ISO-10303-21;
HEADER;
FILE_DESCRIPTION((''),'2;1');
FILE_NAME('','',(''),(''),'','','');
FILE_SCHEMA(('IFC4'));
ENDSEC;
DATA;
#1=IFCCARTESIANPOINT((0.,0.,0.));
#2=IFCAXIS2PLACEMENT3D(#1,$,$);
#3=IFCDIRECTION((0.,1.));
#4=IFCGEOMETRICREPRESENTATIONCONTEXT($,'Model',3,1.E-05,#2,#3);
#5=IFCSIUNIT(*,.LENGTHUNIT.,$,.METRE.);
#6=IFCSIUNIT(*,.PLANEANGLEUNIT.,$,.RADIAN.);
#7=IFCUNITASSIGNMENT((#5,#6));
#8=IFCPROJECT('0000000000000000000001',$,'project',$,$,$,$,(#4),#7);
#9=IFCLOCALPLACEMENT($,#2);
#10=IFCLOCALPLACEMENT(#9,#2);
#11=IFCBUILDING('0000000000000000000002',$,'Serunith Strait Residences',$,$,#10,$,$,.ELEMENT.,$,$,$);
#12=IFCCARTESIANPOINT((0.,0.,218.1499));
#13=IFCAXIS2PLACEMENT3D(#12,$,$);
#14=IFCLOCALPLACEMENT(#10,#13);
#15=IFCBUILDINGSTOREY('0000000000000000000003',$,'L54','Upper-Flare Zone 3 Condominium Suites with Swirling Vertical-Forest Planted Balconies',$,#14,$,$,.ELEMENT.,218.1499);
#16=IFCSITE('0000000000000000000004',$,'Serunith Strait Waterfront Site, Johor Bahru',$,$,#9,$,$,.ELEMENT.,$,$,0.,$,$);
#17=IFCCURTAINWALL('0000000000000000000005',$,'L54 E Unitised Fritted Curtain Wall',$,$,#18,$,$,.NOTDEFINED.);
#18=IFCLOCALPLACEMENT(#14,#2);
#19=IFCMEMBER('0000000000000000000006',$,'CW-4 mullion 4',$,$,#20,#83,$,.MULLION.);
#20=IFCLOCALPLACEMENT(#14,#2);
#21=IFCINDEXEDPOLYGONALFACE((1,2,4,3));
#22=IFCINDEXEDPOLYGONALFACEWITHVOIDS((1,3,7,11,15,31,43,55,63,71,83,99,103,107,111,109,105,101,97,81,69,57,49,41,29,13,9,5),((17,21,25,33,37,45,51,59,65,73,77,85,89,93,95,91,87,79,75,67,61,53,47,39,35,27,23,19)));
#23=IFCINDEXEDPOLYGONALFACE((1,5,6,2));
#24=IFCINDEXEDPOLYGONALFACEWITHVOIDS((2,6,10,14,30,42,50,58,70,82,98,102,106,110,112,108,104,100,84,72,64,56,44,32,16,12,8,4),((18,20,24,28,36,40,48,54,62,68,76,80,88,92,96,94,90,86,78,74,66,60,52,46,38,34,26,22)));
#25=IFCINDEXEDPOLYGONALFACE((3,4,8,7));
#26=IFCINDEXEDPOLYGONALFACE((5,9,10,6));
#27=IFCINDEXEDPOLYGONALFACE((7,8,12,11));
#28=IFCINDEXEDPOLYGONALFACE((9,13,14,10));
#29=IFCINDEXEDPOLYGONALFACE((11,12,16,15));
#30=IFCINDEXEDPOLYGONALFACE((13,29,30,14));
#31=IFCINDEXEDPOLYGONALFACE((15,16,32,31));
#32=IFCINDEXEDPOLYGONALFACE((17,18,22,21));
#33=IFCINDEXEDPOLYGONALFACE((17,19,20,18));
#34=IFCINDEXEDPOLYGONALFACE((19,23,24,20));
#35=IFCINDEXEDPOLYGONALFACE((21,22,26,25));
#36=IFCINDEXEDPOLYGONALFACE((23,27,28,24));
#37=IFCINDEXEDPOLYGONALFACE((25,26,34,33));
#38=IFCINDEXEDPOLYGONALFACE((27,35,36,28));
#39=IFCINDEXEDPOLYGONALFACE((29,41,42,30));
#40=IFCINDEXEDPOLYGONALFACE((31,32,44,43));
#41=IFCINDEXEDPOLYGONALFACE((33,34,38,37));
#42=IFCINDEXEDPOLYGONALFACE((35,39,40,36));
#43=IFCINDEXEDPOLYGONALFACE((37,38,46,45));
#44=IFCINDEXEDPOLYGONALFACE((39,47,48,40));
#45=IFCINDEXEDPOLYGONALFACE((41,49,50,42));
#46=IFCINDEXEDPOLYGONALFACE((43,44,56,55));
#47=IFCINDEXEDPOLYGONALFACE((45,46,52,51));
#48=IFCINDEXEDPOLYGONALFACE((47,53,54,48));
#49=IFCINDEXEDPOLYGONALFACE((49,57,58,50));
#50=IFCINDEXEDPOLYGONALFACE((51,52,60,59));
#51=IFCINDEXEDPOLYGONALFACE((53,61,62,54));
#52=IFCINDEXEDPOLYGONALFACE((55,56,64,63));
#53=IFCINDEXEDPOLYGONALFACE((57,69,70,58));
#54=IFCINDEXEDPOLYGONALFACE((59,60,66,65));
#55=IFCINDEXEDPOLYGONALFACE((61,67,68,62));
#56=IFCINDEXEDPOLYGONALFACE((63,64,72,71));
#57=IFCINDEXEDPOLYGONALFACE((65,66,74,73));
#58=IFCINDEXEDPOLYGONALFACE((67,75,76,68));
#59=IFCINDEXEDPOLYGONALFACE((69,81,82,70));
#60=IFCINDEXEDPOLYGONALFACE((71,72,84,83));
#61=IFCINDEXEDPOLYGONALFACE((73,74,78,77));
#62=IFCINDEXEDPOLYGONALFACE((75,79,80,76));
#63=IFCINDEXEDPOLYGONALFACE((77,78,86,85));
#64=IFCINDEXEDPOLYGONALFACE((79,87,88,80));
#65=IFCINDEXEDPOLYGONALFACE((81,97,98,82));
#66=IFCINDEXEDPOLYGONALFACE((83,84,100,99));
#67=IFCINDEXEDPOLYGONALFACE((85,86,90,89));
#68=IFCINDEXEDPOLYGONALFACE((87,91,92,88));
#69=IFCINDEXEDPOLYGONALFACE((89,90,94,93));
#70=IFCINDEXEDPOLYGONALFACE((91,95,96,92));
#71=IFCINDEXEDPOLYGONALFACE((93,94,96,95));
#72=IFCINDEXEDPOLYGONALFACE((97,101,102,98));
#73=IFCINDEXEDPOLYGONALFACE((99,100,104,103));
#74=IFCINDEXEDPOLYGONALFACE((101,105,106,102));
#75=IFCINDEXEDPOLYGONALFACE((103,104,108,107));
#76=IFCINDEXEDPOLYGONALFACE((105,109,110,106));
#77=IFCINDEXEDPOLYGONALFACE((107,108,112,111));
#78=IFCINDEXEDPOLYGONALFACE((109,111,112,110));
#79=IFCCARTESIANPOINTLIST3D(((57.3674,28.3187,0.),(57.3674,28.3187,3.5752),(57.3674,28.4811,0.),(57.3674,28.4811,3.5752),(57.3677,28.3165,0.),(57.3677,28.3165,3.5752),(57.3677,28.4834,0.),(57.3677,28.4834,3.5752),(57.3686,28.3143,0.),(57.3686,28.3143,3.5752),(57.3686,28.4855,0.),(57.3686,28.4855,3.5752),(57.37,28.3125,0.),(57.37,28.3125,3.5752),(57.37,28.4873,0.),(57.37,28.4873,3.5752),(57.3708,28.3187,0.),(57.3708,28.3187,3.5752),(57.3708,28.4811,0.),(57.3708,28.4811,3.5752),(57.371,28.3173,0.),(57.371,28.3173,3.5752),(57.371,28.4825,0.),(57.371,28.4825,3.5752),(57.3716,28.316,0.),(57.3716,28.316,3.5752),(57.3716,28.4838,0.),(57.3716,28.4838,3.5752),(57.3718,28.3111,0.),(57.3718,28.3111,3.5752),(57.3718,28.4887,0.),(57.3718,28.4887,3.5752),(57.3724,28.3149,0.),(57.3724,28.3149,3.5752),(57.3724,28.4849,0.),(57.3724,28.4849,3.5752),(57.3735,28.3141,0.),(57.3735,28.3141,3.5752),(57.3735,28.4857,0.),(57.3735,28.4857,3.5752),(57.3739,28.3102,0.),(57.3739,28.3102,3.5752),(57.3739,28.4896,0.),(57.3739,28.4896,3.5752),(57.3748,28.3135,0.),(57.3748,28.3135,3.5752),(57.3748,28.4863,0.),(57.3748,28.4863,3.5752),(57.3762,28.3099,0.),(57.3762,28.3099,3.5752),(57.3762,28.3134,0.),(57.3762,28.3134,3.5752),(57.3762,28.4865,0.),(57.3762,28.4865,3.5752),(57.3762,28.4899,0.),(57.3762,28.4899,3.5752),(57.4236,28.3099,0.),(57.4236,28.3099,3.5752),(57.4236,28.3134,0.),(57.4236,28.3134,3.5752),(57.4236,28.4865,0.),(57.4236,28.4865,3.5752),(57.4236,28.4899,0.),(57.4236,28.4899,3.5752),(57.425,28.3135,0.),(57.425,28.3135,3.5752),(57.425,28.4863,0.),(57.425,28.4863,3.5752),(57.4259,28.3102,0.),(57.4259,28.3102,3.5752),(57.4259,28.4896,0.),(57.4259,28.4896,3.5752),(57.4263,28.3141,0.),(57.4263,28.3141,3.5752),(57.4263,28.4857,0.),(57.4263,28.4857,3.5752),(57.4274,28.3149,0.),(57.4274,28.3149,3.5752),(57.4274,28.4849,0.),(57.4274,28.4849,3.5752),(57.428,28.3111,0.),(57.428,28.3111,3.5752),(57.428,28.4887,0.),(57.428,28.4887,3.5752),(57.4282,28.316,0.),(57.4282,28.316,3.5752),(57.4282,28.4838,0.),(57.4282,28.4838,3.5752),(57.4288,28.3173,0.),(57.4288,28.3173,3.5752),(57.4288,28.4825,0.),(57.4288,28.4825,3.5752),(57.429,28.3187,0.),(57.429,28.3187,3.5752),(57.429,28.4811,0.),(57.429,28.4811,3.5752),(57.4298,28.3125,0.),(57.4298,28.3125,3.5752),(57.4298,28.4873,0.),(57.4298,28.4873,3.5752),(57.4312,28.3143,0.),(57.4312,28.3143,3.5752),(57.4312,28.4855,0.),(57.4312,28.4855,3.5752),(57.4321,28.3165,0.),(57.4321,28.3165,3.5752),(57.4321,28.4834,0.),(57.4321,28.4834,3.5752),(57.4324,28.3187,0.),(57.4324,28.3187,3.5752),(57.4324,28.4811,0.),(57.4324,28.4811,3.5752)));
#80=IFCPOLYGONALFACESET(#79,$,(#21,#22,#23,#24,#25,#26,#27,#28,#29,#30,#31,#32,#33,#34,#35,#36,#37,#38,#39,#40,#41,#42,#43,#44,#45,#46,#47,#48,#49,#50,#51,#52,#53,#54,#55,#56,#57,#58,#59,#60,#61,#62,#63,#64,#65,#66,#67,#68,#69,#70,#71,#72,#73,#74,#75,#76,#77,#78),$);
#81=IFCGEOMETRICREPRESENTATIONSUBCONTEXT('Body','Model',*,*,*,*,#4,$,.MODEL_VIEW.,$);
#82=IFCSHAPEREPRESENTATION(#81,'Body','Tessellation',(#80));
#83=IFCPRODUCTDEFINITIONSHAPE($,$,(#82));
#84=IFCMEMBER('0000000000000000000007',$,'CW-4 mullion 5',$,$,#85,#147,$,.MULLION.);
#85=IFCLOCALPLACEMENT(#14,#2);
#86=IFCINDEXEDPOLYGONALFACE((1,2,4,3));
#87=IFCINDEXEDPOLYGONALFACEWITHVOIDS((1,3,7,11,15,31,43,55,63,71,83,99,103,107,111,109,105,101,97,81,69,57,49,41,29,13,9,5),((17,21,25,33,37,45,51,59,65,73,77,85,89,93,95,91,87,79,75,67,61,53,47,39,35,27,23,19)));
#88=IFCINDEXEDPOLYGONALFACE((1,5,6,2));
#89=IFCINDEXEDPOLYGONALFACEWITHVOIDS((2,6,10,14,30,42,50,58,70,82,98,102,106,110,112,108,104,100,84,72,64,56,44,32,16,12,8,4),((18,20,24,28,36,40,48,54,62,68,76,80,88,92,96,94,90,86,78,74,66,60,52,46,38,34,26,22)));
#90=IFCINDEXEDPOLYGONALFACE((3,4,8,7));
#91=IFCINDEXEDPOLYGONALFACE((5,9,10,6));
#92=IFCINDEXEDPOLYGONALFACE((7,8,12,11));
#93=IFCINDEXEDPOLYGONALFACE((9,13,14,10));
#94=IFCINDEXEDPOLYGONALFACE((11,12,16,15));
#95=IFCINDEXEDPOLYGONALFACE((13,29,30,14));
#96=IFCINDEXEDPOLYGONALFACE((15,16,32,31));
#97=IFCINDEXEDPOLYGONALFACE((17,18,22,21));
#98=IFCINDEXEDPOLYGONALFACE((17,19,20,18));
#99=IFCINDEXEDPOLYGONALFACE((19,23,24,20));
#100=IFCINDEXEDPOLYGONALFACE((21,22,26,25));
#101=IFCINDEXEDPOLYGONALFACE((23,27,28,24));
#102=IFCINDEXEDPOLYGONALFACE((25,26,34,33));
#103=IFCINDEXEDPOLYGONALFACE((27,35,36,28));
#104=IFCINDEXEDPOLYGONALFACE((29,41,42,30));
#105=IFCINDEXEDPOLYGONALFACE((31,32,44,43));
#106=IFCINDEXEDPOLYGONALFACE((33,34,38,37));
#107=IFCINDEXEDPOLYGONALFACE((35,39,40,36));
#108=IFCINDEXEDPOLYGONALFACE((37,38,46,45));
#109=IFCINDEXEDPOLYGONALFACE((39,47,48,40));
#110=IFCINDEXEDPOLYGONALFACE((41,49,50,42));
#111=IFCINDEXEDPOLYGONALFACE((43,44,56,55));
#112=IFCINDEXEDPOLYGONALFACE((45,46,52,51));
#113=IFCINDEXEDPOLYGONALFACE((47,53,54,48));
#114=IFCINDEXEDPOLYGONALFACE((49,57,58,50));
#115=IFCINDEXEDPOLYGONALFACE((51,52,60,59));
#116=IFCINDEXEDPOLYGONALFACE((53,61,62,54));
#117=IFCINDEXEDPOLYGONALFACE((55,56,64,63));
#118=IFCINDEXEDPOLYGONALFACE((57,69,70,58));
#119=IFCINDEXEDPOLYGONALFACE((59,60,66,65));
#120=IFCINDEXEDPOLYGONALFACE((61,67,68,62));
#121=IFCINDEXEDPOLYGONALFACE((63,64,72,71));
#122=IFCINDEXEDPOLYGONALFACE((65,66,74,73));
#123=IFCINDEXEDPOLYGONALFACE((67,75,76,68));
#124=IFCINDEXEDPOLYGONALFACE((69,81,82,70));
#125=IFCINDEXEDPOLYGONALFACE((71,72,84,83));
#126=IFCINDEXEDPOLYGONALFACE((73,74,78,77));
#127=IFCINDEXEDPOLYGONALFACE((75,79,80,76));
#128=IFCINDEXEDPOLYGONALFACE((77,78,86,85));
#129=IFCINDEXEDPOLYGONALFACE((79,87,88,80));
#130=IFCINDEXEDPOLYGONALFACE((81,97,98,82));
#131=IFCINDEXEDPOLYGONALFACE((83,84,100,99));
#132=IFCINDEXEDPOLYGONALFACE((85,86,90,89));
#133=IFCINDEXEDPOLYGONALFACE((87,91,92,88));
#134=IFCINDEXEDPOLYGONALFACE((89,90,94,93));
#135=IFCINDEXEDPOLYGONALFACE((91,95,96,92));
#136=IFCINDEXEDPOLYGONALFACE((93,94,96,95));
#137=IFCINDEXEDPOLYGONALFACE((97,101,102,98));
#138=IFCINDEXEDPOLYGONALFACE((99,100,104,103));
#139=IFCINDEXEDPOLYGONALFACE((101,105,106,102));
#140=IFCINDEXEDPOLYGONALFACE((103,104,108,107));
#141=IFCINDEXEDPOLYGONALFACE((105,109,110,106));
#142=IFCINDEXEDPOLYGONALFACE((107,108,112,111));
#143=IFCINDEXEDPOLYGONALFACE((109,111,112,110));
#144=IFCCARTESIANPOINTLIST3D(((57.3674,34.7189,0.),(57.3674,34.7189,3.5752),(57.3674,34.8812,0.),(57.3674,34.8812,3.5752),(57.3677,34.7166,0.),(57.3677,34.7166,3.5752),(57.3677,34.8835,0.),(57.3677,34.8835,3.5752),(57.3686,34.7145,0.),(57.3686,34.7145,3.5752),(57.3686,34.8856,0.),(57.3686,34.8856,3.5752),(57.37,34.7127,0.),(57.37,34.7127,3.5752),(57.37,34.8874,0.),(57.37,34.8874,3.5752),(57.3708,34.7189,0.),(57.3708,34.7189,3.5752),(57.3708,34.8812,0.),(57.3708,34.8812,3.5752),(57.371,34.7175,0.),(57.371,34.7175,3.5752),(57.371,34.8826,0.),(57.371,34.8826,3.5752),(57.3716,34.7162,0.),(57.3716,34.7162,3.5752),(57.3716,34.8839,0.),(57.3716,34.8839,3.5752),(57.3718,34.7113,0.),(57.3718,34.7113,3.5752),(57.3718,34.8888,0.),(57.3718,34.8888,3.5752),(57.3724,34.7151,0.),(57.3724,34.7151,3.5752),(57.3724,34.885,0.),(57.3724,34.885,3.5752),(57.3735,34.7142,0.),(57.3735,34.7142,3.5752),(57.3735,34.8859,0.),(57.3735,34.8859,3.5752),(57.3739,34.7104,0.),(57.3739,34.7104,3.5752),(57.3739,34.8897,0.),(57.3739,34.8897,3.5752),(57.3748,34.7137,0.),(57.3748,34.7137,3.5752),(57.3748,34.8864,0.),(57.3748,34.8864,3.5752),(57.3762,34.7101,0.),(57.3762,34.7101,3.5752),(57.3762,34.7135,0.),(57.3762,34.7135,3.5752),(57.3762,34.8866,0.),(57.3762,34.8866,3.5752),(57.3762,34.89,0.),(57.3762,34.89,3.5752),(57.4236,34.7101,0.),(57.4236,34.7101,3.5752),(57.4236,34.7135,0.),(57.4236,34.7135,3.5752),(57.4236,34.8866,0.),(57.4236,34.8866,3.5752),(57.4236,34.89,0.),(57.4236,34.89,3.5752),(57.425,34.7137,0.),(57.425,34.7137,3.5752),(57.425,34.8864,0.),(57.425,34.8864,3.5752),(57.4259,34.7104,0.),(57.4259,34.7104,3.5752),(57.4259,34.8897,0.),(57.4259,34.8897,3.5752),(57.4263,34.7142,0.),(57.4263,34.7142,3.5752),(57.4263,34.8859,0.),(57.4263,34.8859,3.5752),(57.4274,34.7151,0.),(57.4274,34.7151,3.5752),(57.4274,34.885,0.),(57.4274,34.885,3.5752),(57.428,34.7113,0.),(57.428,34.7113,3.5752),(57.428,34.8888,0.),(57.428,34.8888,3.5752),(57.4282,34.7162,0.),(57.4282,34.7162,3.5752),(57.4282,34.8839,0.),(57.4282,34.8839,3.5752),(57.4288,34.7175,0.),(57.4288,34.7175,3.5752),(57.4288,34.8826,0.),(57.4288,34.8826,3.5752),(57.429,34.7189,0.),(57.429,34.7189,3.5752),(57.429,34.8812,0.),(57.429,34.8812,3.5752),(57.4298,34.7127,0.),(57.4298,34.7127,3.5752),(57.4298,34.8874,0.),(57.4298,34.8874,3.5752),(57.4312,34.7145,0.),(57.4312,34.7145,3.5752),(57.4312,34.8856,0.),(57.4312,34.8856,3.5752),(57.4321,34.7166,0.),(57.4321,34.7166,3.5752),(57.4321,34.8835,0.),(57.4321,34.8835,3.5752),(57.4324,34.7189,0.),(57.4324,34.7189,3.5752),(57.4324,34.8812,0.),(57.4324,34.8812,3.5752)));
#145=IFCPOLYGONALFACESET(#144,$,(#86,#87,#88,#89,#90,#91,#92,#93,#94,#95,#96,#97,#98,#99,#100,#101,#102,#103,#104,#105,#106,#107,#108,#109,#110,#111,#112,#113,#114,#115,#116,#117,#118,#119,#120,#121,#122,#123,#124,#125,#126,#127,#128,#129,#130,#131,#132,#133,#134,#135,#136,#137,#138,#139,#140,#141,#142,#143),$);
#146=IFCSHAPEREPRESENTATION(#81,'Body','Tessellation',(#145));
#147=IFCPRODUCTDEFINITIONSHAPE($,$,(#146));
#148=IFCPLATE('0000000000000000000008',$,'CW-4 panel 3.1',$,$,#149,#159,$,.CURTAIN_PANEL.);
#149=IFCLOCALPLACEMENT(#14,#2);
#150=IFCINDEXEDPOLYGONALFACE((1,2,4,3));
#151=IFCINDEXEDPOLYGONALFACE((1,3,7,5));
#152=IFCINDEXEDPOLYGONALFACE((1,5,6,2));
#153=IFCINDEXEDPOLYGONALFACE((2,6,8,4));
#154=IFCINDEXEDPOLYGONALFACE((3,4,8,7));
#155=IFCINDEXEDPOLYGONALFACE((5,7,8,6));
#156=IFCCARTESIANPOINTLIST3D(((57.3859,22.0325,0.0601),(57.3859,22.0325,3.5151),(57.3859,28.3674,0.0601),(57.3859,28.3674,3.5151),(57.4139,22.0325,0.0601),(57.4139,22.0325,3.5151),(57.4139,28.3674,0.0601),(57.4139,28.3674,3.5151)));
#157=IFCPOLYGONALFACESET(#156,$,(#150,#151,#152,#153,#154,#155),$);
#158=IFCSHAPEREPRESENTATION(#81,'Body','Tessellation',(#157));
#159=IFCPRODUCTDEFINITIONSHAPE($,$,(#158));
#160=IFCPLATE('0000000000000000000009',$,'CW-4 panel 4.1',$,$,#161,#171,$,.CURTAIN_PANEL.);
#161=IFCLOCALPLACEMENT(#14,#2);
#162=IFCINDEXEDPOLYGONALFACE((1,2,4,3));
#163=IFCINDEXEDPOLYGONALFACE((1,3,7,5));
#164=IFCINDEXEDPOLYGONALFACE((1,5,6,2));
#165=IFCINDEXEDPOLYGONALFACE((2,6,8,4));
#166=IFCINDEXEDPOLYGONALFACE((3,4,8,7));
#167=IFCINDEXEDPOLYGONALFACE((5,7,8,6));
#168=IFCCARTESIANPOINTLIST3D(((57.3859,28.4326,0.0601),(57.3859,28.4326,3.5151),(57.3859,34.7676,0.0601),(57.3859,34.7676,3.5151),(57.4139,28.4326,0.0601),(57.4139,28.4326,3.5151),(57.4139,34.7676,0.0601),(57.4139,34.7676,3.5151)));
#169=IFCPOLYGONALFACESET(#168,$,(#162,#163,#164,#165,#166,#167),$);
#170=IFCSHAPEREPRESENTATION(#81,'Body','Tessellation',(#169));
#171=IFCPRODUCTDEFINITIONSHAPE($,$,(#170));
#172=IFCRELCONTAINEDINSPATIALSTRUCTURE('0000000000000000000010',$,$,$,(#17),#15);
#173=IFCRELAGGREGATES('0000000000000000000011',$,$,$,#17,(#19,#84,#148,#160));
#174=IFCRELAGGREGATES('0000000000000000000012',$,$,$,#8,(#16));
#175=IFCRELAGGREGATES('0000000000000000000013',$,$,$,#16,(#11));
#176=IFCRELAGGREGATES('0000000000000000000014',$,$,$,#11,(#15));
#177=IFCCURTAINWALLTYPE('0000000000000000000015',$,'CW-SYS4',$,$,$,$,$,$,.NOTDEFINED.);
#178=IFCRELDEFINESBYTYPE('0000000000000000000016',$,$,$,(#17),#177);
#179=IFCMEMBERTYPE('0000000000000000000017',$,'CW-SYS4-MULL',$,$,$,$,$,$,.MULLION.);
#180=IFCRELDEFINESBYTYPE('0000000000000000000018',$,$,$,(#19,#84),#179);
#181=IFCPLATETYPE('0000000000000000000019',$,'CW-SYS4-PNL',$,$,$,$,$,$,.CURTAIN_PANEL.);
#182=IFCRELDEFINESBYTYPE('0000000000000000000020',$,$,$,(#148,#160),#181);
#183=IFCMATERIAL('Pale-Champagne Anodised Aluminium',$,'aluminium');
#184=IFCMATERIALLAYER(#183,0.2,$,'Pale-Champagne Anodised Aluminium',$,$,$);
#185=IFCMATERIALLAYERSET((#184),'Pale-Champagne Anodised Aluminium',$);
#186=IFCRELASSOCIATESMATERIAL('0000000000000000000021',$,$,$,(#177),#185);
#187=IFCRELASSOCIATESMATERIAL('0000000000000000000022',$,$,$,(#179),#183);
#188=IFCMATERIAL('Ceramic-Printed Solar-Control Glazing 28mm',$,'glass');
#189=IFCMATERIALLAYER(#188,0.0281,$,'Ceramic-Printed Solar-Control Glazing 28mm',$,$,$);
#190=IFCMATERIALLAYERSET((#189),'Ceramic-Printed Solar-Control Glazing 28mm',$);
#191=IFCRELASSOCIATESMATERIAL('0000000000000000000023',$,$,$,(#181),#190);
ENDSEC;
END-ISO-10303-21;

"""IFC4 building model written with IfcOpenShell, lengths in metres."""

from ifc_helpers import new_model, si_unit, direction, frame, origin, origin_2d, place, context, subcontext, project, spatial, rectangle, hollow_rectangle, extrude, source, transform, mapped, material, layer, layer_set, material_profile, profile_set, type_object, element, aggregate, save


model = new_model("IFC4")

# Units and contexts
model_context = context("Model", 3, precision=1e-05, world=origin(), true_north=direction((0.0, 1.0)))
body_context = subcontext(model_context, "Body", "Model", "MODEL_VIEW")
ifc_project = project(units=[si_unit("LENGTHUNIT", "METRE"), si_unit("PLANEANGLEUNIT", "RADIAN")], contexts=[model_context])

# Site, building, storey
site_placement = place(None, origin())
site = spatial("IfcSite", under=ifc_project, at=site_placement, Name="Serunith Strait Waterfront Site, Johor Bahru", CompositionType="ELEMENT", RefElevation=0.0)
building_placement = place(site_placement, origin())
building = spatial("IfcBuilding", under=site, at=building_placement, Name="Serunith Strait Residences", CompositionType="ELEMENT")
storey_placement = place(building_placement, frame((0.0, 0.0, 218.1499)))
storey = spatial("IfcBuildingStorey", under=building, at=storey_placement, Name="L54", Description="Upper-Flare Zone 3 Condominium Suites with Swirling Vertical-Forest Planted Balconies", CompositionType="ELEMENT", Elevation=218.1499)

# Curtain wall, members, plates
ifc_material_1 = material(Name="Pale-Champagne Anodised Aluminium", Category="aluminium")
ifc_layer_1 = layer(ifc_material_1, 0.2, Name="Pale-Champagne Anodised Aluminium")
ifc_layer_set_1 = layer_set([ifc_layer_1], Name="Pale-Champagne Anodised Aluminium")
curtain_wall_type = type_object("IfcCurtainWallType", Name="CW-SYS4", PredefinedType="NOTDEFINED", material=ifc_layer_set_1)
curtain_wall_placement = place(storey_placement, origin())
curtain_wall = element("IfcCurtainWall", 1, at=curtain_wall_placement, inside=storey, type_object=curtain_wall_type, Name="L54 E Unitised Fritted Curtain Wall", PredefinedType="NOTDEFINED")
ifc_material_profile_1 = material_profile(ifc_material_1, hollow_rectangle(XDim=0.0649, YDim=0.1799, WallThickness=0.0034, InnerFilletRadius=0.0054, OuterFilletRadius=0.0088, at=origin_2d()), Name="ALU 180x65x3.5")
ifc_profile_set_1 = profile_set([ifc_material_profile_1], Name="Pale-Champagne Anodised Aluminium")
member_type_1 = type_object("IfcMemberType", Name="CW-SYS4-MULL", PredefinedType="MULLION", material=ifc_profile_set_1)
shared_shape_1 = source(origin(), body_context, "Body", "SweptSolid", [
    extrude(hollow_rectangle(XDim=0.0649, YDim=0.1799, WallThickness=0.0034, InnerFilletRadius=0.0054, OuterFilletRadius=0.0088, at=origin_2d()), origin(), (0.0, 0.0, 1.0), 3.5752),
])
member_1_placement = place(storey_placement, frame((57.3999, 28.3999, 0.0), z_axis=(0.0, 0.0, 1.0), x_axis=(-1.0, 0.0, 0.0)))
member_1 = element("IfcMember", 2, at=member_1_placement, type_object=member_type_1, Name="CW-4 mullion 4", PredefinedType="MULLION", context=body_context, shape_type="MappedRepresentation", body=[
    mapped(shared_shape_1, transform((0.0, 0.0, 0.0), scale=1.0)),
])
member_2_placement = place(storey_placement, frame((57.3999, 34.8, 0.0), z_axis=(0.0, 0.0, 1.0), x_axis=(-1.0, 0.0, 0.0)))
member_2 = element("IfcMember", 3, at=member_2_placement, type_object=member_type_1, Name="CW-4 mullion 5", PredefinedType="MULLION", context=body_context, shape_type="MappedRepresentation", body=[
    mapped(shared_shape_1, transform((0.0, 0.0, 0.0), scale=1.0)),
])
ifc_material_2 = material(Name="Ceramic-Printed Solar-Control Glazing 28mm", Category="glass")
ifc_layer_2 = layer(ifc_material_2, 0.0281, Name="Ceramic-Printed Solar-Control Glazing 28mm")
ifc_layer_set_2 = layer_set([ifc_layer_2], Name="Ceramic-Printed Solar-Control Glazing 28mm")
plate_type = type_object("IfcPlateType", Name="CW-SYS4-PNL", PredefinedType="CURTAIN_PANEL", material=ifc_layer_set_2)
shared_shape_2 = source(origin(), body_context, "Body", "SweptSolid", [
    extrude(rectangle(XDim=6.335, YDim=0.0281, at=origin_2d()), origin(), (0.0, 0.0, 1.0), 3.4551),
])
plate_1_placement = place(storey_placement, frame((57.3999, 25.2, 0.0601), z_axis=(0.0, 0.0, 1.0), x_axis=(0.0, 1.0, 0.0)))
plate_1 = element("IfcPlate", 4, at=plate_1_placement, type_object=plate_type, Name="CW-4 panel 3.1", PredefinedType="CURTAIN_PANEL", context=body_context, shape_type="MappedRepresentation", body=[
    mapped(shared_shape_2, transform((0.0, 0.0, 0.0), scale=1.0)),
])
plate_2_placement = place(storey_placement, frame((57.3999, 31.6001, 0.0601), z_axis=(0.0, 0.0, 1.0), x_axis=(0.0, 1.0, 0.0)))
plate_2 = element("IfcPlate", 5, at=plate_2_placement, type_object=plate_type, Name="CW-4 panel 4.1", PredefinedType="CURTAIN_PANEL", context=body_context, shape_type="MappedRepresentation", body=[
    mapped(shared_shape_2, transform((0.0, 0.0, 0.0), scale=1.0)),
])
aggregate(curtain_wall, [member_1, member_2, plate_1, plate_2])

save(model, "model.ifc")
